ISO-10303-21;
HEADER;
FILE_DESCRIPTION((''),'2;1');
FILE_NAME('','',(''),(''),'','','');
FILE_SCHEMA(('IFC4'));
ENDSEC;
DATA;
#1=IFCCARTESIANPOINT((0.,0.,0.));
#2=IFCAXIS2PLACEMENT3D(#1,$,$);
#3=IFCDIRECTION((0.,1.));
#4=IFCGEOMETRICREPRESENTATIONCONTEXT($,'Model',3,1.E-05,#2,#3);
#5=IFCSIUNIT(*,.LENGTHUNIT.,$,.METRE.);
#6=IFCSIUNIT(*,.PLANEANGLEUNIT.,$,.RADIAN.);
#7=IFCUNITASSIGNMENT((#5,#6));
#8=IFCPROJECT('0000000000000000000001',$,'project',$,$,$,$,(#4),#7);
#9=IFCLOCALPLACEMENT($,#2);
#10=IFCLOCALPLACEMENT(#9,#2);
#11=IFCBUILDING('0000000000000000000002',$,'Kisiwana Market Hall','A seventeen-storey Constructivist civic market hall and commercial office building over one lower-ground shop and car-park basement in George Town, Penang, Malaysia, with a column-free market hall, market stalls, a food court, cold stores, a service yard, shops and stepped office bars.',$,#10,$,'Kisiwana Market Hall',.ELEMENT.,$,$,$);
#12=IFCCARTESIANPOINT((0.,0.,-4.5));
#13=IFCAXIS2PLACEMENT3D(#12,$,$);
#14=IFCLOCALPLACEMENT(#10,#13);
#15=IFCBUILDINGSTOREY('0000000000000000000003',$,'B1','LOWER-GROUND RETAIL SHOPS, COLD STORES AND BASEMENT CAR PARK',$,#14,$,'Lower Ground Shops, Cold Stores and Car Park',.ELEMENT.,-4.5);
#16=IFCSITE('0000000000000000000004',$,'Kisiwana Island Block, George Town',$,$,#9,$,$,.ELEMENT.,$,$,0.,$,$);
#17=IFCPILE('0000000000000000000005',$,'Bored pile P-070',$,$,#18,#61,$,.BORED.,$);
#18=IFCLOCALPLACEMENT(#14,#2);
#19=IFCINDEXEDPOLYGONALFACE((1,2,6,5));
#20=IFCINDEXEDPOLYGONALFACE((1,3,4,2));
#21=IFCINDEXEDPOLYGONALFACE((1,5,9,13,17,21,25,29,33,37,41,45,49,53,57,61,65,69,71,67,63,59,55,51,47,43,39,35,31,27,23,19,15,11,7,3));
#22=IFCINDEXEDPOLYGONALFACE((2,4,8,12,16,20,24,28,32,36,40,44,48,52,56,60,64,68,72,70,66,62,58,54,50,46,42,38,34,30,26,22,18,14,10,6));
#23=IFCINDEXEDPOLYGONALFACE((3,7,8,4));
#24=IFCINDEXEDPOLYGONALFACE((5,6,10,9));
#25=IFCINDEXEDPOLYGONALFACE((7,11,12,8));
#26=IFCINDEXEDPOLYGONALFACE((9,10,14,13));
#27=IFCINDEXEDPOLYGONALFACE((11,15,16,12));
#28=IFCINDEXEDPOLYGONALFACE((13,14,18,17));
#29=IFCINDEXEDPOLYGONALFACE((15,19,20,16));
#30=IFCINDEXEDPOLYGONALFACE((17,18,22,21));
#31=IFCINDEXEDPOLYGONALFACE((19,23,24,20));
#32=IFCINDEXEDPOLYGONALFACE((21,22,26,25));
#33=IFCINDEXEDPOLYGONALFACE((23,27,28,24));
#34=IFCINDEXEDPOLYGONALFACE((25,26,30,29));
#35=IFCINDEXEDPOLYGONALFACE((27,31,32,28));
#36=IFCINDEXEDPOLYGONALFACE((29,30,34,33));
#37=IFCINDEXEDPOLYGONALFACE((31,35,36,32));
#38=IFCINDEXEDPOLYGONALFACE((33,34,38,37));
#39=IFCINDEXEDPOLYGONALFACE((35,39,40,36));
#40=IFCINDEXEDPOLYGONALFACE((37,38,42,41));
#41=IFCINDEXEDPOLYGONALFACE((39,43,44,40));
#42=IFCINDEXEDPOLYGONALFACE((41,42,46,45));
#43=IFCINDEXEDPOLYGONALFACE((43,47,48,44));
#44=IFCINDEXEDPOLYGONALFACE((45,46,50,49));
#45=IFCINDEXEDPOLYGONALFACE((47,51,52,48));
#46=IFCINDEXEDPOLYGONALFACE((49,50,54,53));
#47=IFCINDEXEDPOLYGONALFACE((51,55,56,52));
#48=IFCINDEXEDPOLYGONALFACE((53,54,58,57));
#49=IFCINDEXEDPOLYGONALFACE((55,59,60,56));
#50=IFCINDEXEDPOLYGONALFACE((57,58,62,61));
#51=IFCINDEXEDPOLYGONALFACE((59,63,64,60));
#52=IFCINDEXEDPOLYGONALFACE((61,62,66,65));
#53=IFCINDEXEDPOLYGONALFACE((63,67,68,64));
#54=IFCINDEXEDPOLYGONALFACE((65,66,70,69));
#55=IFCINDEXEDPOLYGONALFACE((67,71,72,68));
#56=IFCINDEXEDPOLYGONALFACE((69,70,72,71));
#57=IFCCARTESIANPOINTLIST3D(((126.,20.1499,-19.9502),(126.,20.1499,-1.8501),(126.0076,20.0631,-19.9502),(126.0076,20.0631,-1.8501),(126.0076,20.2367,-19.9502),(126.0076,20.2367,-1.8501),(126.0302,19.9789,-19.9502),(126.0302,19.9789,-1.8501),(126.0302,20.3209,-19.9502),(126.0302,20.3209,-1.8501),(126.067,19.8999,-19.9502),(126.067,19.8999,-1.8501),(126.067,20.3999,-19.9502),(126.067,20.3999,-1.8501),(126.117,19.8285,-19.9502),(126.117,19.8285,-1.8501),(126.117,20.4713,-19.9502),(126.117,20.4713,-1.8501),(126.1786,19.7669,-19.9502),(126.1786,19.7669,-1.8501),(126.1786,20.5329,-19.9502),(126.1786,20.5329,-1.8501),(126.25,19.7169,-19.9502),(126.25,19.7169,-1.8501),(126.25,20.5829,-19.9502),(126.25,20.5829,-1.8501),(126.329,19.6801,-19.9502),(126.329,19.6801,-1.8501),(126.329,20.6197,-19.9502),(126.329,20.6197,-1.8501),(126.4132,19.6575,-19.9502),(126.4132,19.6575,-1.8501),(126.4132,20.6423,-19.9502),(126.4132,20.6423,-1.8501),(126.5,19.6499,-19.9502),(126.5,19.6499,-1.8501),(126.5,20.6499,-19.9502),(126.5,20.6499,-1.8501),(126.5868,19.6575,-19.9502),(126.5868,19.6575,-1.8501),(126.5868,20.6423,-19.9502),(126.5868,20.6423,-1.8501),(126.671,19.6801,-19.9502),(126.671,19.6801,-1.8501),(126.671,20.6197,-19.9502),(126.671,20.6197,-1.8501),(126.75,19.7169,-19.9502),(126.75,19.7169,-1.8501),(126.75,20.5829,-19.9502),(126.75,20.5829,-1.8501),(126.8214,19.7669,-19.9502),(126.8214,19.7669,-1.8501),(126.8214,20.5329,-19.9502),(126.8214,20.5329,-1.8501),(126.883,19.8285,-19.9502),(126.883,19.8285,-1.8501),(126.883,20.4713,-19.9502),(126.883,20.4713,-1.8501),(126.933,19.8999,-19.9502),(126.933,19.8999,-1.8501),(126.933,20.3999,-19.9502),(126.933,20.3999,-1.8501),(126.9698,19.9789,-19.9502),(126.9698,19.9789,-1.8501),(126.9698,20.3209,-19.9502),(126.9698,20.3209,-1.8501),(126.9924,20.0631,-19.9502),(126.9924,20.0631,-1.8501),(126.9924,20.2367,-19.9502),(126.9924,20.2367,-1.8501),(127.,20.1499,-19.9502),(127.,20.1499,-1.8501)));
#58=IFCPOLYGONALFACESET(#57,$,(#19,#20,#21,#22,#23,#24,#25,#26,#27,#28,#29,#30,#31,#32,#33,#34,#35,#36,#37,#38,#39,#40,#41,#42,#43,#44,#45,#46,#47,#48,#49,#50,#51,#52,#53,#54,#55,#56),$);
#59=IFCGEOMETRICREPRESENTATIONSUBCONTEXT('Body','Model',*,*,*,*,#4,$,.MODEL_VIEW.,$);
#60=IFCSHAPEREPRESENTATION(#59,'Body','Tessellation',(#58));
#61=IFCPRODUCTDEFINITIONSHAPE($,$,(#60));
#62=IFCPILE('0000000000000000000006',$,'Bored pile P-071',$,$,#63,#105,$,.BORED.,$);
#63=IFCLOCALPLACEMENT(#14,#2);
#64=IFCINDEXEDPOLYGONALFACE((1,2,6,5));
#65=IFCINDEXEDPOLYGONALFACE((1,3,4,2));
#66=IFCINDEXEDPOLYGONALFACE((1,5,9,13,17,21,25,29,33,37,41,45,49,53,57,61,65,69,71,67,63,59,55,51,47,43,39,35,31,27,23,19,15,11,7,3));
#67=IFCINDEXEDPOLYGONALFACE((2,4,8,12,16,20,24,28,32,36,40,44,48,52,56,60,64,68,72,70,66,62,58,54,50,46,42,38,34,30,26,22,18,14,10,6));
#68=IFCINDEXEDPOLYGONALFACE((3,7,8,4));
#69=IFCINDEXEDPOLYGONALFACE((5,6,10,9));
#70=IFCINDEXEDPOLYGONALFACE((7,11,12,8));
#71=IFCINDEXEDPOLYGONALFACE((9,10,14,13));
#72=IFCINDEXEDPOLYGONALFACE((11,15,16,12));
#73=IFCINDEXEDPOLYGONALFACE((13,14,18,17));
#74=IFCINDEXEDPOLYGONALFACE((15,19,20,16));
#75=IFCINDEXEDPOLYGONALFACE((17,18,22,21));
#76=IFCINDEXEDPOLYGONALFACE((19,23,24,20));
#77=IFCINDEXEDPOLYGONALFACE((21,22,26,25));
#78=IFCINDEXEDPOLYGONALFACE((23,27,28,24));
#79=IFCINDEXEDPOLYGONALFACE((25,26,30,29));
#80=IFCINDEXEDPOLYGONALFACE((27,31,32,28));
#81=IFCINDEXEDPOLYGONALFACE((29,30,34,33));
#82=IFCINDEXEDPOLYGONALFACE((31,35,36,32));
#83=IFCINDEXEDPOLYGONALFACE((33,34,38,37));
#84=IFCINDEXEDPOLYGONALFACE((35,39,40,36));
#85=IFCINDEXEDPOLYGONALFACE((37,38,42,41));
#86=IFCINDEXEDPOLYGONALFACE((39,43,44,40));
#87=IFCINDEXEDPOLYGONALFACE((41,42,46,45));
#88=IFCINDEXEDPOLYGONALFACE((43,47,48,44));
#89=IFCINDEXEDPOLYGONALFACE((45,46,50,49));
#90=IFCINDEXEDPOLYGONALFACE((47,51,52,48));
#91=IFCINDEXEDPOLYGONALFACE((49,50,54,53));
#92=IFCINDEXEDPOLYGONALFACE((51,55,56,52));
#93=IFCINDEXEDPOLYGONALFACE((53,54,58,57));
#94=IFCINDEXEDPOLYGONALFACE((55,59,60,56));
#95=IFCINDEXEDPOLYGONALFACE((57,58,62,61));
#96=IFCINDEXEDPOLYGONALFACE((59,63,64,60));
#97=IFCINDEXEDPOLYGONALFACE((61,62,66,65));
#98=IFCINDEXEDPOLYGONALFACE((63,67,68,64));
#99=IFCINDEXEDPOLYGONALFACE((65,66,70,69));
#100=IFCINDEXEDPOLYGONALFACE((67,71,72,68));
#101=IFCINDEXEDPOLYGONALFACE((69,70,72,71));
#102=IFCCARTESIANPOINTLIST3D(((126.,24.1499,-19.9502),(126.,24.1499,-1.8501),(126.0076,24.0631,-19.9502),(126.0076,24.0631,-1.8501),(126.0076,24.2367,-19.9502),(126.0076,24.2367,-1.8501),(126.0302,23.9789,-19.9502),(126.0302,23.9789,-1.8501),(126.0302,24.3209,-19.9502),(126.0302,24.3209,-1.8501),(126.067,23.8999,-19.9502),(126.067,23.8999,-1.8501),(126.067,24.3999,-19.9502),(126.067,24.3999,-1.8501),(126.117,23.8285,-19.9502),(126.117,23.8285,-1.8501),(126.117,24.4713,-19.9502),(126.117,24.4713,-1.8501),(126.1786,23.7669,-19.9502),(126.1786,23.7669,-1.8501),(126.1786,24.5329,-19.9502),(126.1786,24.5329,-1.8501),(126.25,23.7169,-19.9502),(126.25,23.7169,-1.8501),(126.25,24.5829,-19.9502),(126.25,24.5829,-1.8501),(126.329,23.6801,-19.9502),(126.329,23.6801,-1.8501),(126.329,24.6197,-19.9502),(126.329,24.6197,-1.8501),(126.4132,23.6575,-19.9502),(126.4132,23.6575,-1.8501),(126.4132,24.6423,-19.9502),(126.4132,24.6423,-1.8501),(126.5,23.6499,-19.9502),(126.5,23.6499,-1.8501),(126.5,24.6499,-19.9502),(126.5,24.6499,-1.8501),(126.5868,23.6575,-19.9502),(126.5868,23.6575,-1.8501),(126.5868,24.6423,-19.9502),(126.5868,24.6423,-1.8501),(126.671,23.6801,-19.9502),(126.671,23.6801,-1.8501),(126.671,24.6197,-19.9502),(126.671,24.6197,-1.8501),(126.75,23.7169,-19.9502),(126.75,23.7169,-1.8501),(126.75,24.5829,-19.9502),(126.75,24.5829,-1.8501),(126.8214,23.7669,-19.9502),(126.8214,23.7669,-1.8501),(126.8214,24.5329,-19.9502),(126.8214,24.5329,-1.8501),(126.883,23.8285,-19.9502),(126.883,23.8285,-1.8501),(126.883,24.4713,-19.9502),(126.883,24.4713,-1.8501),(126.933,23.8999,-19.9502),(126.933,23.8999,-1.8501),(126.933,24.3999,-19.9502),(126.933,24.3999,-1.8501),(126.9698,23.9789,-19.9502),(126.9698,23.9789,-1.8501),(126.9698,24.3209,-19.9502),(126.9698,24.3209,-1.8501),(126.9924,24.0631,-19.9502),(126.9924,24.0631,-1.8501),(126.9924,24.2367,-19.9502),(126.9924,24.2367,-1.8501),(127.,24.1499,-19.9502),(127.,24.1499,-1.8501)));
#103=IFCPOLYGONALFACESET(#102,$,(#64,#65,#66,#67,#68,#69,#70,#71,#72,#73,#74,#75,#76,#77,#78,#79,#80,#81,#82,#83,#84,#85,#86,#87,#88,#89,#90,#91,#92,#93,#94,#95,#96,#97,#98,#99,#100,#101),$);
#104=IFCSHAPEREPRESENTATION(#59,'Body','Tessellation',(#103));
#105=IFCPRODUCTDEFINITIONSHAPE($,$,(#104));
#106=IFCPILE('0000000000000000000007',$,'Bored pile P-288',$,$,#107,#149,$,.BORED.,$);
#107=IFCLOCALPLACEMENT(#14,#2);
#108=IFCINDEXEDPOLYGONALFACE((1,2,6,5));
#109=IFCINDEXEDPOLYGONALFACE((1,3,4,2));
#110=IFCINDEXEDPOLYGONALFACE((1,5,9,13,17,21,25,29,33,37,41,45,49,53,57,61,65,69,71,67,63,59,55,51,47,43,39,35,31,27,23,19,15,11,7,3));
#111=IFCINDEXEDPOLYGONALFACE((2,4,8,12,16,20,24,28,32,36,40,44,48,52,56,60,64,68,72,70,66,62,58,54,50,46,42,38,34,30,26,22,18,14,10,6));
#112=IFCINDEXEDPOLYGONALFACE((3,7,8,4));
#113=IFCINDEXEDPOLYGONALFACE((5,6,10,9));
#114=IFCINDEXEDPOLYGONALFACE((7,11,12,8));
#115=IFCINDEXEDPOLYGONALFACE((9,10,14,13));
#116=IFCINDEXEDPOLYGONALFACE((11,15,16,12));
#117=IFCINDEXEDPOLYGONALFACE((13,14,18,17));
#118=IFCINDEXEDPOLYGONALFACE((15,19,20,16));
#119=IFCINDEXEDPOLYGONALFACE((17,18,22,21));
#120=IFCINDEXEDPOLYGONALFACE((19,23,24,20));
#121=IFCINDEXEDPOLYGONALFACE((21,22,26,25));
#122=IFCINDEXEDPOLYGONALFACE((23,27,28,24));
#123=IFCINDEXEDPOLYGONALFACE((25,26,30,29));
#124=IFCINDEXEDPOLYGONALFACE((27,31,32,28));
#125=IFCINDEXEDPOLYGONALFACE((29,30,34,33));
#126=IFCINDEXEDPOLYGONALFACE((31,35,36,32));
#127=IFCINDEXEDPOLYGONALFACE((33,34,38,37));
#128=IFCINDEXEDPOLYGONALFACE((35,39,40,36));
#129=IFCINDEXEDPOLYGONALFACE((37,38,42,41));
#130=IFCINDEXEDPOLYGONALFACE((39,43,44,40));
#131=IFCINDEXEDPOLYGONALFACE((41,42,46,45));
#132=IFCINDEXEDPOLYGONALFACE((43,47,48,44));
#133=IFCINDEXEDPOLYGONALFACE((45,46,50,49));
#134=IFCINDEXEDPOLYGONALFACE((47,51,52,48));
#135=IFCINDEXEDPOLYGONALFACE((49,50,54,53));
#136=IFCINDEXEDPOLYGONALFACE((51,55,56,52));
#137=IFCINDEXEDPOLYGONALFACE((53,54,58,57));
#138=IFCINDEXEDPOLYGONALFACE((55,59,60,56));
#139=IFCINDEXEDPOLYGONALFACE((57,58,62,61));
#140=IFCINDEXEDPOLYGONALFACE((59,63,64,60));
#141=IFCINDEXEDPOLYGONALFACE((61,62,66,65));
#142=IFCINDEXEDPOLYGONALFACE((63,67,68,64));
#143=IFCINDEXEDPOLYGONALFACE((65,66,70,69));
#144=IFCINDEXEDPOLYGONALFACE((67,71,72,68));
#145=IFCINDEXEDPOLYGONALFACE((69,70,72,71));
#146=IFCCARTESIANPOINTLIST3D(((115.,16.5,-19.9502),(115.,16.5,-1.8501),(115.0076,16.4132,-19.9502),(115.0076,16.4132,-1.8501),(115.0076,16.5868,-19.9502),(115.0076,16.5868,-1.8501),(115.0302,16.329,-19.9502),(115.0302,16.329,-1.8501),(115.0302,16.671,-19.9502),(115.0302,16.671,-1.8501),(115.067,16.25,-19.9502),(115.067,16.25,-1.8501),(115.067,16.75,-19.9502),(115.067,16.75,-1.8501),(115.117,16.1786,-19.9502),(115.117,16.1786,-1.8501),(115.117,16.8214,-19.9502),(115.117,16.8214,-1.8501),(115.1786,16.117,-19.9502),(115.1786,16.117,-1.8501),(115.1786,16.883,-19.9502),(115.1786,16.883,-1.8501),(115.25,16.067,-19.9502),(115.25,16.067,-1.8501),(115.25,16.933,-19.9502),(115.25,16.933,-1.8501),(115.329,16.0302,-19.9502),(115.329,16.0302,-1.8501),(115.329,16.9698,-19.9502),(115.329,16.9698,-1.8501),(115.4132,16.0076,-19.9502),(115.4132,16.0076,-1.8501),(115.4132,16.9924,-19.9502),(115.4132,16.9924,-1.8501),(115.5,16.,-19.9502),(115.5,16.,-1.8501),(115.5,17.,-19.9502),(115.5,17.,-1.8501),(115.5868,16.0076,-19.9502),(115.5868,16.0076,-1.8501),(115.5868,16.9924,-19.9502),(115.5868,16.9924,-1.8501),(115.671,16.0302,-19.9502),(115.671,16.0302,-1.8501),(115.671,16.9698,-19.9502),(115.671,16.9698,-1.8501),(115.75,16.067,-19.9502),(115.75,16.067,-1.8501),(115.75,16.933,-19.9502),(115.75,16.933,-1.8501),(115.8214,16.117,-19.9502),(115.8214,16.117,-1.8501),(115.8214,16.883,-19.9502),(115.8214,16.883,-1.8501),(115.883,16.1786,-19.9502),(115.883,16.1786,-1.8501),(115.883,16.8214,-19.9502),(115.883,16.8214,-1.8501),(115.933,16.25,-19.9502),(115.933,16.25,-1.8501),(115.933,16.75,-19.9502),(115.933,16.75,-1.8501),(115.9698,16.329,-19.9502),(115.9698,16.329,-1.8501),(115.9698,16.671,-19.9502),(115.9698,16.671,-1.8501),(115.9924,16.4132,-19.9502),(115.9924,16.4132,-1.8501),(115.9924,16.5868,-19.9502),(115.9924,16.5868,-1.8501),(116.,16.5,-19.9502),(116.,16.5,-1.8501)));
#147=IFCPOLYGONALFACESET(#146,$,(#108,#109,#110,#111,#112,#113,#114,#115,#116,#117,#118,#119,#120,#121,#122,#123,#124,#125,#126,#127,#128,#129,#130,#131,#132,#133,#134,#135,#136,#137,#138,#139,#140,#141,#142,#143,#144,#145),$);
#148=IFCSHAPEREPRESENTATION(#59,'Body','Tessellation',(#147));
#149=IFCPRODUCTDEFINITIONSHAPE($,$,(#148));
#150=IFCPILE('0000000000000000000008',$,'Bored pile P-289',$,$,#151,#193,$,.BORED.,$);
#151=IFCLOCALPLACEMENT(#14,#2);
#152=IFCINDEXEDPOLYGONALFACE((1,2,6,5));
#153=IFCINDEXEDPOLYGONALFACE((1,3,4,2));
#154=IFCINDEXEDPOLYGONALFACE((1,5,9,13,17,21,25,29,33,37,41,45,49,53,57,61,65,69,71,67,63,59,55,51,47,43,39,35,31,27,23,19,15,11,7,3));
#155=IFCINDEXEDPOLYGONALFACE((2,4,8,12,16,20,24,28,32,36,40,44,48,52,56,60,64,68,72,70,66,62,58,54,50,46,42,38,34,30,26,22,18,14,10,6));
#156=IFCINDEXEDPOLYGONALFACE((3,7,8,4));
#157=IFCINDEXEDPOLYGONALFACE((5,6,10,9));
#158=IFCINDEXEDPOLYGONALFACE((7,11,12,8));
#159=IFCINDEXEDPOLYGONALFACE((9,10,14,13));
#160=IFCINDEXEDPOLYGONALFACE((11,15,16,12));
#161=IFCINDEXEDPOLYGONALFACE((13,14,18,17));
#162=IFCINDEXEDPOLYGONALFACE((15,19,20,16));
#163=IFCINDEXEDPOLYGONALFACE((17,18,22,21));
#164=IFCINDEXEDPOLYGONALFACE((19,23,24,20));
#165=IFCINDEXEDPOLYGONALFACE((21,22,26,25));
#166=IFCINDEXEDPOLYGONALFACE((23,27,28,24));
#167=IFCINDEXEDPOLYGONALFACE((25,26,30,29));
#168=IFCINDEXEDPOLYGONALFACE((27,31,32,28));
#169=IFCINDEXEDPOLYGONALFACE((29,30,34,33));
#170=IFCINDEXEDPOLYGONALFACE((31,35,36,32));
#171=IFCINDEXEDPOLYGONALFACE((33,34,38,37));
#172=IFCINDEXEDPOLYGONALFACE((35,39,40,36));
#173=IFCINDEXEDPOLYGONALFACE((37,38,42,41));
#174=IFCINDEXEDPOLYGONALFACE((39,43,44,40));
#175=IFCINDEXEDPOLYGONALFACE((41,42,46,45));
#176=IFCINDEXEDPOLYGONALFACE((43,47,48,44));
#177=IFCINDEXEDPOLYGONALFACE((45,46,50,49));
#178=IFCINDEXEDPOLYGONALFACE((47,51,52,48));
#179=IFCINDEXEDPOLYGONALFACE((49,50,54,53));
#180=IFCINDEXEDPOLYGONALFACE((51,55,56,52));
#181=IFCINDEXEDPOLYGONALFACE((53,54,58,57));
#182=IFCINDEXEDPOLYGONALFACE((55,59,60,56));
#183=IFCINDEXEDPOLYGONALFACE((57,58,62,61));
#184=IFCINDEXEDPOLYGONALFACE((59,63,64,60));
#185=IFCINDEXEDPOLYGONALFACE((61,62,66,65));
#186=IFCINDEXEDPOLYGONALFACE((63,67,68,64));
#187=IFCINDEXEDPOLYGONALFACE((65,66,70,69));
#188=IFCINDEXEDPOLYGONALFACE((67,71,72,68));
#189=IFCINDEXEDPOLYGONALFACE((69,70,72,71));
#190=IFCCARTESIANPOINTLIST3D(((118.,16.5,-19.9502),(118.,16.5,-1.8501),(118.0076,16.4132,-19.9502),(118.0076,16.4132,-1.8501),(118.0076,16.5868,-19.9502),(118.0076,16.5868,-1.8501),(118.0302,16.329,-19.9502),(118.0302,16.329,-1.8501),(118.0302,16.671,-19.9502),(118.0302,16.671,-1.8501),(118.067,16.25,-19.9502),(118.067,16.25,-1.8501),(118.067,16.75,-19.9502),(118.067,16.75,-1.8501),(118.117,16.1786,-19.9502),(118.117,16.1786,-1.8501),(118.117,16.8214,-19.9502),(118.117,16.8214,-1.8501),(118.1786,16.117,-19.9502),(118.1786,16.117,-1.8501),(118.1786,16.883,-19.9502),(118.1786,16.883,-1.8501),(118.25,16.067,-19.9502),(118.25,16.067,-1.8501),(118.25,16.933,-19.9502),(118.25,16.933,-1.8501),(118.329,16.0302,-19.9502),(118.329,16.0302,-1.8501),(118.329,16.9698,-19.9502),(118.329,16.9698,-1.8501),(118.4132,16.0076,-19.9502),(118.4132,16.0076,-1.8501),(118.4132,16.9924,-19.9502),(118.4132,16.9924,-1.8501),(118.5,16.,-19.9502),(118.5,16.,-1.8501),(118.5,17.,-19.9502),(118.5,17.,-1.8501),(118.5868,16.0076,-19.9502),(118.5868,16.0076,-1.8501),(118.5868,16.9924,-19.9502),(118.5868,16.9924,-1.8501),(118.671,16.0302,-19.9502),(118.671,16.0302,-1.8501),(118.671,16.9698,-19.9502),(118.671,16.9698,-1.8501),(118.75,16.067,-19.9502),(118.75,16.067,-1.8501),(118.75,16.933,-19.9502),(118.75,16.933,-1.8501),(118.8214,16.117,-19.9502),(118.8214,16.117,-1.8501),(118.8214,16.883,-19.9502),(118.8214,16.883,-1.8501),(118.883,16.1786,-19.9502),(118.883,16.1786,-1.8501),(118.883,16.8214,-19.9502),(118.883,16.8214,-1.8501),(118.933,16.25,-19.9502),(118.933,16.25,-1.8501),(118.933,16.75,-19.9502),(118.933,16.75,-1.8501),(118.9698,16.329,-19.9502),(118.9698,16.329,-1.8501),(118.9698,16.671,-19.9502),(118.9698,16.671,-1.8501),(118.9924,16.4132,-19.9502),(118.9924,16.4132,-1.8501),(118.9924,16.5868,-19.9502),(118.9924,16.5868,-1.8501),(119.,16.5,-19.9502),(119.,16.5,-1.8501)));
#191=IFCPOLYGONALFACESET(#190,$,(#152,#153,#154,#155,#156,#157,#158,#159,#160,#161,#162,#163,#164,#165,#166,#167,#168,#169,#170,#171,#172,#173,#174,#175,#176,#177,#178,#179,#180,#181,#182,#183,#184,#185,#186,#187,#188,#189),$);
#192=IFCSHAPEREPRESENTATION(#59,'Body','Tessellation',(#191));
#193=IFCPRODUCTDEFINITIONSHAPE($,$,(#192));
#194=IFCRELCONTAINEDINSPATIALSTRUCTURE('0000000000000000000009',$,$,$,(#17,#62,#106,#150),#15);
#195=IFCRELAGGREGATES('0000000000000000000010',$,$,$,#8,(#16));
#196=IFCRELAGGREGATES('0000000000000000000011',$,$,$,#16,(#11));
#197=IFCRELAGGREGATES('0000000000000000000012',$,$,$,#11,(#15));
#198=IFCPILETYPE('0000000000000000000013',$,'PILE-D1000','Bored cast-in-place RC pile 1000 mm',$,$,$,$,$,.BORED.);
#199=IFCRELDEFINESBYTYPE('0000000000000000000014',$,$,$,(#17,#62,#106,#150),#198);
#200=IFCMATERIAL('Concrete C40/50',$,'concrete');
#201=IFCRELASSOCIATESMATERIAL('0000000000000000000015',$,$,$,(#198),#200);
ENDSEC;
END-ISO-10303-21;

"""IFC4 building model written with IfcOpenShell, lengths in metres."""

from ifc_helpers import new_model, si_unit, direction, frame, origin, origin_2d, place, context, subcontext, project, spatial, circle, extrude, material, material_profile, profile_set, type_object, element, save


model = new_model("IFC4")

# Units and contexts
model_context = context("Model", 3, precision=1e-05, world=origin(), true_north=direction((0.0, 1.0)))
body_context = subcontext(model_context, "Body", "Model", "MODEL_VIEW")
ifc_project = project(units=[si_unit("LENGTHUNIT", "METRE"), si_unit("PLANEANGLEUNIT", "RADIAN")], contexts=[model_context])

# Site, building, storey
site_placement = place(None, origin())
site = spatial("IfcSite", under=ifc_project, at=site_placement, Name="Kisiwana Island Block, George Town", CompositionType="ELEMENT", RefElevation=0.0)
building_placement = place(site_placement, origin())
building = spatial("IfcBuilding", under=site, at=building_placement, Name="Kisiwana Market Hall", Description="A seventeen-storey Constructivist civic market hall and commercial office building over one lower-ground shop and car-park basement in George Town, Penang, Malaysia, with a column-free market hall, market stalls, a food court, cold stores, a service yard, shops and stepped office bars.", LongName="Kisiwana Market Hall", CompositionType="ELEMENT")
storey_placement = place(building_placement, frame((0.0, 0.0, -4.5)))
storey = spatial("IfcBuildingStorey", under=building, at=storey_placement, Name="B1", Description="LOWER-GROUND RETAIL SHOPS, COLD STORES AND BASEMENT CAR PARK", LongName="Lower Ground Shops, Cold Stores and Car Park", CompositionType="ELEMENT", Elevation=-4.5)

# Piles
ifc_material_1 = material(Name="Concrete C40/50", Category="concrete")
ifc_material_profile_1 = material_profile(ifc_material_1, circle(Radius=0.5, at=origin_2d()), Name="BP D1000")
ifc_profile_set_1 = profile_set([ifc_material_profile_1], Name="Concrete C40/50")
pile_type_1 = type_object("IfcPileType", Name="PILE-D1000", Description="Bored cast-in-place RC pile 1000 mm", PredefinedType="BORED", material=ifc_profile_set_1)
for number, where, z_axis, x_axis, name in (
    (1, (126.5, 20.1499, -1.8501), (0.0, 0.0, -1.0), (1.0, 0.0, 0.0), "Bored pile P-070"),
    (2, (126.5, 24.1499, -1.8501), (0.0, 0.0, -1.0), (1.0, 0.0, 0.0), "Bored pile P-071"),
    (3, (115.5, 16.5, -1.8501), (0.0, 0.0, -1.0), (1.0, 0.0, 0.0), "Bored pile P-288"),
    (4, (118.5, 16.5, -1.8501), (0.0, 0.0, -1.0), (1.0, 0.0, 0.0), "Bored pile P-289"),
):
    element("IfcPile", number, at=place(storey_placement, frame(where, z_axis=z_axis, x_axis=x_axis)), inside=storey, type_object=pile_type_1, Name=name, PredefinedType="BORED", context=body_context, shape_type="SweptSolid", body=[
        extrude(circle(Radius=0.5, at=origin_2d()), origin(), (0.0, 0.0, 1.0), 18.1001),
    ])

save(model, "model.ifc")
